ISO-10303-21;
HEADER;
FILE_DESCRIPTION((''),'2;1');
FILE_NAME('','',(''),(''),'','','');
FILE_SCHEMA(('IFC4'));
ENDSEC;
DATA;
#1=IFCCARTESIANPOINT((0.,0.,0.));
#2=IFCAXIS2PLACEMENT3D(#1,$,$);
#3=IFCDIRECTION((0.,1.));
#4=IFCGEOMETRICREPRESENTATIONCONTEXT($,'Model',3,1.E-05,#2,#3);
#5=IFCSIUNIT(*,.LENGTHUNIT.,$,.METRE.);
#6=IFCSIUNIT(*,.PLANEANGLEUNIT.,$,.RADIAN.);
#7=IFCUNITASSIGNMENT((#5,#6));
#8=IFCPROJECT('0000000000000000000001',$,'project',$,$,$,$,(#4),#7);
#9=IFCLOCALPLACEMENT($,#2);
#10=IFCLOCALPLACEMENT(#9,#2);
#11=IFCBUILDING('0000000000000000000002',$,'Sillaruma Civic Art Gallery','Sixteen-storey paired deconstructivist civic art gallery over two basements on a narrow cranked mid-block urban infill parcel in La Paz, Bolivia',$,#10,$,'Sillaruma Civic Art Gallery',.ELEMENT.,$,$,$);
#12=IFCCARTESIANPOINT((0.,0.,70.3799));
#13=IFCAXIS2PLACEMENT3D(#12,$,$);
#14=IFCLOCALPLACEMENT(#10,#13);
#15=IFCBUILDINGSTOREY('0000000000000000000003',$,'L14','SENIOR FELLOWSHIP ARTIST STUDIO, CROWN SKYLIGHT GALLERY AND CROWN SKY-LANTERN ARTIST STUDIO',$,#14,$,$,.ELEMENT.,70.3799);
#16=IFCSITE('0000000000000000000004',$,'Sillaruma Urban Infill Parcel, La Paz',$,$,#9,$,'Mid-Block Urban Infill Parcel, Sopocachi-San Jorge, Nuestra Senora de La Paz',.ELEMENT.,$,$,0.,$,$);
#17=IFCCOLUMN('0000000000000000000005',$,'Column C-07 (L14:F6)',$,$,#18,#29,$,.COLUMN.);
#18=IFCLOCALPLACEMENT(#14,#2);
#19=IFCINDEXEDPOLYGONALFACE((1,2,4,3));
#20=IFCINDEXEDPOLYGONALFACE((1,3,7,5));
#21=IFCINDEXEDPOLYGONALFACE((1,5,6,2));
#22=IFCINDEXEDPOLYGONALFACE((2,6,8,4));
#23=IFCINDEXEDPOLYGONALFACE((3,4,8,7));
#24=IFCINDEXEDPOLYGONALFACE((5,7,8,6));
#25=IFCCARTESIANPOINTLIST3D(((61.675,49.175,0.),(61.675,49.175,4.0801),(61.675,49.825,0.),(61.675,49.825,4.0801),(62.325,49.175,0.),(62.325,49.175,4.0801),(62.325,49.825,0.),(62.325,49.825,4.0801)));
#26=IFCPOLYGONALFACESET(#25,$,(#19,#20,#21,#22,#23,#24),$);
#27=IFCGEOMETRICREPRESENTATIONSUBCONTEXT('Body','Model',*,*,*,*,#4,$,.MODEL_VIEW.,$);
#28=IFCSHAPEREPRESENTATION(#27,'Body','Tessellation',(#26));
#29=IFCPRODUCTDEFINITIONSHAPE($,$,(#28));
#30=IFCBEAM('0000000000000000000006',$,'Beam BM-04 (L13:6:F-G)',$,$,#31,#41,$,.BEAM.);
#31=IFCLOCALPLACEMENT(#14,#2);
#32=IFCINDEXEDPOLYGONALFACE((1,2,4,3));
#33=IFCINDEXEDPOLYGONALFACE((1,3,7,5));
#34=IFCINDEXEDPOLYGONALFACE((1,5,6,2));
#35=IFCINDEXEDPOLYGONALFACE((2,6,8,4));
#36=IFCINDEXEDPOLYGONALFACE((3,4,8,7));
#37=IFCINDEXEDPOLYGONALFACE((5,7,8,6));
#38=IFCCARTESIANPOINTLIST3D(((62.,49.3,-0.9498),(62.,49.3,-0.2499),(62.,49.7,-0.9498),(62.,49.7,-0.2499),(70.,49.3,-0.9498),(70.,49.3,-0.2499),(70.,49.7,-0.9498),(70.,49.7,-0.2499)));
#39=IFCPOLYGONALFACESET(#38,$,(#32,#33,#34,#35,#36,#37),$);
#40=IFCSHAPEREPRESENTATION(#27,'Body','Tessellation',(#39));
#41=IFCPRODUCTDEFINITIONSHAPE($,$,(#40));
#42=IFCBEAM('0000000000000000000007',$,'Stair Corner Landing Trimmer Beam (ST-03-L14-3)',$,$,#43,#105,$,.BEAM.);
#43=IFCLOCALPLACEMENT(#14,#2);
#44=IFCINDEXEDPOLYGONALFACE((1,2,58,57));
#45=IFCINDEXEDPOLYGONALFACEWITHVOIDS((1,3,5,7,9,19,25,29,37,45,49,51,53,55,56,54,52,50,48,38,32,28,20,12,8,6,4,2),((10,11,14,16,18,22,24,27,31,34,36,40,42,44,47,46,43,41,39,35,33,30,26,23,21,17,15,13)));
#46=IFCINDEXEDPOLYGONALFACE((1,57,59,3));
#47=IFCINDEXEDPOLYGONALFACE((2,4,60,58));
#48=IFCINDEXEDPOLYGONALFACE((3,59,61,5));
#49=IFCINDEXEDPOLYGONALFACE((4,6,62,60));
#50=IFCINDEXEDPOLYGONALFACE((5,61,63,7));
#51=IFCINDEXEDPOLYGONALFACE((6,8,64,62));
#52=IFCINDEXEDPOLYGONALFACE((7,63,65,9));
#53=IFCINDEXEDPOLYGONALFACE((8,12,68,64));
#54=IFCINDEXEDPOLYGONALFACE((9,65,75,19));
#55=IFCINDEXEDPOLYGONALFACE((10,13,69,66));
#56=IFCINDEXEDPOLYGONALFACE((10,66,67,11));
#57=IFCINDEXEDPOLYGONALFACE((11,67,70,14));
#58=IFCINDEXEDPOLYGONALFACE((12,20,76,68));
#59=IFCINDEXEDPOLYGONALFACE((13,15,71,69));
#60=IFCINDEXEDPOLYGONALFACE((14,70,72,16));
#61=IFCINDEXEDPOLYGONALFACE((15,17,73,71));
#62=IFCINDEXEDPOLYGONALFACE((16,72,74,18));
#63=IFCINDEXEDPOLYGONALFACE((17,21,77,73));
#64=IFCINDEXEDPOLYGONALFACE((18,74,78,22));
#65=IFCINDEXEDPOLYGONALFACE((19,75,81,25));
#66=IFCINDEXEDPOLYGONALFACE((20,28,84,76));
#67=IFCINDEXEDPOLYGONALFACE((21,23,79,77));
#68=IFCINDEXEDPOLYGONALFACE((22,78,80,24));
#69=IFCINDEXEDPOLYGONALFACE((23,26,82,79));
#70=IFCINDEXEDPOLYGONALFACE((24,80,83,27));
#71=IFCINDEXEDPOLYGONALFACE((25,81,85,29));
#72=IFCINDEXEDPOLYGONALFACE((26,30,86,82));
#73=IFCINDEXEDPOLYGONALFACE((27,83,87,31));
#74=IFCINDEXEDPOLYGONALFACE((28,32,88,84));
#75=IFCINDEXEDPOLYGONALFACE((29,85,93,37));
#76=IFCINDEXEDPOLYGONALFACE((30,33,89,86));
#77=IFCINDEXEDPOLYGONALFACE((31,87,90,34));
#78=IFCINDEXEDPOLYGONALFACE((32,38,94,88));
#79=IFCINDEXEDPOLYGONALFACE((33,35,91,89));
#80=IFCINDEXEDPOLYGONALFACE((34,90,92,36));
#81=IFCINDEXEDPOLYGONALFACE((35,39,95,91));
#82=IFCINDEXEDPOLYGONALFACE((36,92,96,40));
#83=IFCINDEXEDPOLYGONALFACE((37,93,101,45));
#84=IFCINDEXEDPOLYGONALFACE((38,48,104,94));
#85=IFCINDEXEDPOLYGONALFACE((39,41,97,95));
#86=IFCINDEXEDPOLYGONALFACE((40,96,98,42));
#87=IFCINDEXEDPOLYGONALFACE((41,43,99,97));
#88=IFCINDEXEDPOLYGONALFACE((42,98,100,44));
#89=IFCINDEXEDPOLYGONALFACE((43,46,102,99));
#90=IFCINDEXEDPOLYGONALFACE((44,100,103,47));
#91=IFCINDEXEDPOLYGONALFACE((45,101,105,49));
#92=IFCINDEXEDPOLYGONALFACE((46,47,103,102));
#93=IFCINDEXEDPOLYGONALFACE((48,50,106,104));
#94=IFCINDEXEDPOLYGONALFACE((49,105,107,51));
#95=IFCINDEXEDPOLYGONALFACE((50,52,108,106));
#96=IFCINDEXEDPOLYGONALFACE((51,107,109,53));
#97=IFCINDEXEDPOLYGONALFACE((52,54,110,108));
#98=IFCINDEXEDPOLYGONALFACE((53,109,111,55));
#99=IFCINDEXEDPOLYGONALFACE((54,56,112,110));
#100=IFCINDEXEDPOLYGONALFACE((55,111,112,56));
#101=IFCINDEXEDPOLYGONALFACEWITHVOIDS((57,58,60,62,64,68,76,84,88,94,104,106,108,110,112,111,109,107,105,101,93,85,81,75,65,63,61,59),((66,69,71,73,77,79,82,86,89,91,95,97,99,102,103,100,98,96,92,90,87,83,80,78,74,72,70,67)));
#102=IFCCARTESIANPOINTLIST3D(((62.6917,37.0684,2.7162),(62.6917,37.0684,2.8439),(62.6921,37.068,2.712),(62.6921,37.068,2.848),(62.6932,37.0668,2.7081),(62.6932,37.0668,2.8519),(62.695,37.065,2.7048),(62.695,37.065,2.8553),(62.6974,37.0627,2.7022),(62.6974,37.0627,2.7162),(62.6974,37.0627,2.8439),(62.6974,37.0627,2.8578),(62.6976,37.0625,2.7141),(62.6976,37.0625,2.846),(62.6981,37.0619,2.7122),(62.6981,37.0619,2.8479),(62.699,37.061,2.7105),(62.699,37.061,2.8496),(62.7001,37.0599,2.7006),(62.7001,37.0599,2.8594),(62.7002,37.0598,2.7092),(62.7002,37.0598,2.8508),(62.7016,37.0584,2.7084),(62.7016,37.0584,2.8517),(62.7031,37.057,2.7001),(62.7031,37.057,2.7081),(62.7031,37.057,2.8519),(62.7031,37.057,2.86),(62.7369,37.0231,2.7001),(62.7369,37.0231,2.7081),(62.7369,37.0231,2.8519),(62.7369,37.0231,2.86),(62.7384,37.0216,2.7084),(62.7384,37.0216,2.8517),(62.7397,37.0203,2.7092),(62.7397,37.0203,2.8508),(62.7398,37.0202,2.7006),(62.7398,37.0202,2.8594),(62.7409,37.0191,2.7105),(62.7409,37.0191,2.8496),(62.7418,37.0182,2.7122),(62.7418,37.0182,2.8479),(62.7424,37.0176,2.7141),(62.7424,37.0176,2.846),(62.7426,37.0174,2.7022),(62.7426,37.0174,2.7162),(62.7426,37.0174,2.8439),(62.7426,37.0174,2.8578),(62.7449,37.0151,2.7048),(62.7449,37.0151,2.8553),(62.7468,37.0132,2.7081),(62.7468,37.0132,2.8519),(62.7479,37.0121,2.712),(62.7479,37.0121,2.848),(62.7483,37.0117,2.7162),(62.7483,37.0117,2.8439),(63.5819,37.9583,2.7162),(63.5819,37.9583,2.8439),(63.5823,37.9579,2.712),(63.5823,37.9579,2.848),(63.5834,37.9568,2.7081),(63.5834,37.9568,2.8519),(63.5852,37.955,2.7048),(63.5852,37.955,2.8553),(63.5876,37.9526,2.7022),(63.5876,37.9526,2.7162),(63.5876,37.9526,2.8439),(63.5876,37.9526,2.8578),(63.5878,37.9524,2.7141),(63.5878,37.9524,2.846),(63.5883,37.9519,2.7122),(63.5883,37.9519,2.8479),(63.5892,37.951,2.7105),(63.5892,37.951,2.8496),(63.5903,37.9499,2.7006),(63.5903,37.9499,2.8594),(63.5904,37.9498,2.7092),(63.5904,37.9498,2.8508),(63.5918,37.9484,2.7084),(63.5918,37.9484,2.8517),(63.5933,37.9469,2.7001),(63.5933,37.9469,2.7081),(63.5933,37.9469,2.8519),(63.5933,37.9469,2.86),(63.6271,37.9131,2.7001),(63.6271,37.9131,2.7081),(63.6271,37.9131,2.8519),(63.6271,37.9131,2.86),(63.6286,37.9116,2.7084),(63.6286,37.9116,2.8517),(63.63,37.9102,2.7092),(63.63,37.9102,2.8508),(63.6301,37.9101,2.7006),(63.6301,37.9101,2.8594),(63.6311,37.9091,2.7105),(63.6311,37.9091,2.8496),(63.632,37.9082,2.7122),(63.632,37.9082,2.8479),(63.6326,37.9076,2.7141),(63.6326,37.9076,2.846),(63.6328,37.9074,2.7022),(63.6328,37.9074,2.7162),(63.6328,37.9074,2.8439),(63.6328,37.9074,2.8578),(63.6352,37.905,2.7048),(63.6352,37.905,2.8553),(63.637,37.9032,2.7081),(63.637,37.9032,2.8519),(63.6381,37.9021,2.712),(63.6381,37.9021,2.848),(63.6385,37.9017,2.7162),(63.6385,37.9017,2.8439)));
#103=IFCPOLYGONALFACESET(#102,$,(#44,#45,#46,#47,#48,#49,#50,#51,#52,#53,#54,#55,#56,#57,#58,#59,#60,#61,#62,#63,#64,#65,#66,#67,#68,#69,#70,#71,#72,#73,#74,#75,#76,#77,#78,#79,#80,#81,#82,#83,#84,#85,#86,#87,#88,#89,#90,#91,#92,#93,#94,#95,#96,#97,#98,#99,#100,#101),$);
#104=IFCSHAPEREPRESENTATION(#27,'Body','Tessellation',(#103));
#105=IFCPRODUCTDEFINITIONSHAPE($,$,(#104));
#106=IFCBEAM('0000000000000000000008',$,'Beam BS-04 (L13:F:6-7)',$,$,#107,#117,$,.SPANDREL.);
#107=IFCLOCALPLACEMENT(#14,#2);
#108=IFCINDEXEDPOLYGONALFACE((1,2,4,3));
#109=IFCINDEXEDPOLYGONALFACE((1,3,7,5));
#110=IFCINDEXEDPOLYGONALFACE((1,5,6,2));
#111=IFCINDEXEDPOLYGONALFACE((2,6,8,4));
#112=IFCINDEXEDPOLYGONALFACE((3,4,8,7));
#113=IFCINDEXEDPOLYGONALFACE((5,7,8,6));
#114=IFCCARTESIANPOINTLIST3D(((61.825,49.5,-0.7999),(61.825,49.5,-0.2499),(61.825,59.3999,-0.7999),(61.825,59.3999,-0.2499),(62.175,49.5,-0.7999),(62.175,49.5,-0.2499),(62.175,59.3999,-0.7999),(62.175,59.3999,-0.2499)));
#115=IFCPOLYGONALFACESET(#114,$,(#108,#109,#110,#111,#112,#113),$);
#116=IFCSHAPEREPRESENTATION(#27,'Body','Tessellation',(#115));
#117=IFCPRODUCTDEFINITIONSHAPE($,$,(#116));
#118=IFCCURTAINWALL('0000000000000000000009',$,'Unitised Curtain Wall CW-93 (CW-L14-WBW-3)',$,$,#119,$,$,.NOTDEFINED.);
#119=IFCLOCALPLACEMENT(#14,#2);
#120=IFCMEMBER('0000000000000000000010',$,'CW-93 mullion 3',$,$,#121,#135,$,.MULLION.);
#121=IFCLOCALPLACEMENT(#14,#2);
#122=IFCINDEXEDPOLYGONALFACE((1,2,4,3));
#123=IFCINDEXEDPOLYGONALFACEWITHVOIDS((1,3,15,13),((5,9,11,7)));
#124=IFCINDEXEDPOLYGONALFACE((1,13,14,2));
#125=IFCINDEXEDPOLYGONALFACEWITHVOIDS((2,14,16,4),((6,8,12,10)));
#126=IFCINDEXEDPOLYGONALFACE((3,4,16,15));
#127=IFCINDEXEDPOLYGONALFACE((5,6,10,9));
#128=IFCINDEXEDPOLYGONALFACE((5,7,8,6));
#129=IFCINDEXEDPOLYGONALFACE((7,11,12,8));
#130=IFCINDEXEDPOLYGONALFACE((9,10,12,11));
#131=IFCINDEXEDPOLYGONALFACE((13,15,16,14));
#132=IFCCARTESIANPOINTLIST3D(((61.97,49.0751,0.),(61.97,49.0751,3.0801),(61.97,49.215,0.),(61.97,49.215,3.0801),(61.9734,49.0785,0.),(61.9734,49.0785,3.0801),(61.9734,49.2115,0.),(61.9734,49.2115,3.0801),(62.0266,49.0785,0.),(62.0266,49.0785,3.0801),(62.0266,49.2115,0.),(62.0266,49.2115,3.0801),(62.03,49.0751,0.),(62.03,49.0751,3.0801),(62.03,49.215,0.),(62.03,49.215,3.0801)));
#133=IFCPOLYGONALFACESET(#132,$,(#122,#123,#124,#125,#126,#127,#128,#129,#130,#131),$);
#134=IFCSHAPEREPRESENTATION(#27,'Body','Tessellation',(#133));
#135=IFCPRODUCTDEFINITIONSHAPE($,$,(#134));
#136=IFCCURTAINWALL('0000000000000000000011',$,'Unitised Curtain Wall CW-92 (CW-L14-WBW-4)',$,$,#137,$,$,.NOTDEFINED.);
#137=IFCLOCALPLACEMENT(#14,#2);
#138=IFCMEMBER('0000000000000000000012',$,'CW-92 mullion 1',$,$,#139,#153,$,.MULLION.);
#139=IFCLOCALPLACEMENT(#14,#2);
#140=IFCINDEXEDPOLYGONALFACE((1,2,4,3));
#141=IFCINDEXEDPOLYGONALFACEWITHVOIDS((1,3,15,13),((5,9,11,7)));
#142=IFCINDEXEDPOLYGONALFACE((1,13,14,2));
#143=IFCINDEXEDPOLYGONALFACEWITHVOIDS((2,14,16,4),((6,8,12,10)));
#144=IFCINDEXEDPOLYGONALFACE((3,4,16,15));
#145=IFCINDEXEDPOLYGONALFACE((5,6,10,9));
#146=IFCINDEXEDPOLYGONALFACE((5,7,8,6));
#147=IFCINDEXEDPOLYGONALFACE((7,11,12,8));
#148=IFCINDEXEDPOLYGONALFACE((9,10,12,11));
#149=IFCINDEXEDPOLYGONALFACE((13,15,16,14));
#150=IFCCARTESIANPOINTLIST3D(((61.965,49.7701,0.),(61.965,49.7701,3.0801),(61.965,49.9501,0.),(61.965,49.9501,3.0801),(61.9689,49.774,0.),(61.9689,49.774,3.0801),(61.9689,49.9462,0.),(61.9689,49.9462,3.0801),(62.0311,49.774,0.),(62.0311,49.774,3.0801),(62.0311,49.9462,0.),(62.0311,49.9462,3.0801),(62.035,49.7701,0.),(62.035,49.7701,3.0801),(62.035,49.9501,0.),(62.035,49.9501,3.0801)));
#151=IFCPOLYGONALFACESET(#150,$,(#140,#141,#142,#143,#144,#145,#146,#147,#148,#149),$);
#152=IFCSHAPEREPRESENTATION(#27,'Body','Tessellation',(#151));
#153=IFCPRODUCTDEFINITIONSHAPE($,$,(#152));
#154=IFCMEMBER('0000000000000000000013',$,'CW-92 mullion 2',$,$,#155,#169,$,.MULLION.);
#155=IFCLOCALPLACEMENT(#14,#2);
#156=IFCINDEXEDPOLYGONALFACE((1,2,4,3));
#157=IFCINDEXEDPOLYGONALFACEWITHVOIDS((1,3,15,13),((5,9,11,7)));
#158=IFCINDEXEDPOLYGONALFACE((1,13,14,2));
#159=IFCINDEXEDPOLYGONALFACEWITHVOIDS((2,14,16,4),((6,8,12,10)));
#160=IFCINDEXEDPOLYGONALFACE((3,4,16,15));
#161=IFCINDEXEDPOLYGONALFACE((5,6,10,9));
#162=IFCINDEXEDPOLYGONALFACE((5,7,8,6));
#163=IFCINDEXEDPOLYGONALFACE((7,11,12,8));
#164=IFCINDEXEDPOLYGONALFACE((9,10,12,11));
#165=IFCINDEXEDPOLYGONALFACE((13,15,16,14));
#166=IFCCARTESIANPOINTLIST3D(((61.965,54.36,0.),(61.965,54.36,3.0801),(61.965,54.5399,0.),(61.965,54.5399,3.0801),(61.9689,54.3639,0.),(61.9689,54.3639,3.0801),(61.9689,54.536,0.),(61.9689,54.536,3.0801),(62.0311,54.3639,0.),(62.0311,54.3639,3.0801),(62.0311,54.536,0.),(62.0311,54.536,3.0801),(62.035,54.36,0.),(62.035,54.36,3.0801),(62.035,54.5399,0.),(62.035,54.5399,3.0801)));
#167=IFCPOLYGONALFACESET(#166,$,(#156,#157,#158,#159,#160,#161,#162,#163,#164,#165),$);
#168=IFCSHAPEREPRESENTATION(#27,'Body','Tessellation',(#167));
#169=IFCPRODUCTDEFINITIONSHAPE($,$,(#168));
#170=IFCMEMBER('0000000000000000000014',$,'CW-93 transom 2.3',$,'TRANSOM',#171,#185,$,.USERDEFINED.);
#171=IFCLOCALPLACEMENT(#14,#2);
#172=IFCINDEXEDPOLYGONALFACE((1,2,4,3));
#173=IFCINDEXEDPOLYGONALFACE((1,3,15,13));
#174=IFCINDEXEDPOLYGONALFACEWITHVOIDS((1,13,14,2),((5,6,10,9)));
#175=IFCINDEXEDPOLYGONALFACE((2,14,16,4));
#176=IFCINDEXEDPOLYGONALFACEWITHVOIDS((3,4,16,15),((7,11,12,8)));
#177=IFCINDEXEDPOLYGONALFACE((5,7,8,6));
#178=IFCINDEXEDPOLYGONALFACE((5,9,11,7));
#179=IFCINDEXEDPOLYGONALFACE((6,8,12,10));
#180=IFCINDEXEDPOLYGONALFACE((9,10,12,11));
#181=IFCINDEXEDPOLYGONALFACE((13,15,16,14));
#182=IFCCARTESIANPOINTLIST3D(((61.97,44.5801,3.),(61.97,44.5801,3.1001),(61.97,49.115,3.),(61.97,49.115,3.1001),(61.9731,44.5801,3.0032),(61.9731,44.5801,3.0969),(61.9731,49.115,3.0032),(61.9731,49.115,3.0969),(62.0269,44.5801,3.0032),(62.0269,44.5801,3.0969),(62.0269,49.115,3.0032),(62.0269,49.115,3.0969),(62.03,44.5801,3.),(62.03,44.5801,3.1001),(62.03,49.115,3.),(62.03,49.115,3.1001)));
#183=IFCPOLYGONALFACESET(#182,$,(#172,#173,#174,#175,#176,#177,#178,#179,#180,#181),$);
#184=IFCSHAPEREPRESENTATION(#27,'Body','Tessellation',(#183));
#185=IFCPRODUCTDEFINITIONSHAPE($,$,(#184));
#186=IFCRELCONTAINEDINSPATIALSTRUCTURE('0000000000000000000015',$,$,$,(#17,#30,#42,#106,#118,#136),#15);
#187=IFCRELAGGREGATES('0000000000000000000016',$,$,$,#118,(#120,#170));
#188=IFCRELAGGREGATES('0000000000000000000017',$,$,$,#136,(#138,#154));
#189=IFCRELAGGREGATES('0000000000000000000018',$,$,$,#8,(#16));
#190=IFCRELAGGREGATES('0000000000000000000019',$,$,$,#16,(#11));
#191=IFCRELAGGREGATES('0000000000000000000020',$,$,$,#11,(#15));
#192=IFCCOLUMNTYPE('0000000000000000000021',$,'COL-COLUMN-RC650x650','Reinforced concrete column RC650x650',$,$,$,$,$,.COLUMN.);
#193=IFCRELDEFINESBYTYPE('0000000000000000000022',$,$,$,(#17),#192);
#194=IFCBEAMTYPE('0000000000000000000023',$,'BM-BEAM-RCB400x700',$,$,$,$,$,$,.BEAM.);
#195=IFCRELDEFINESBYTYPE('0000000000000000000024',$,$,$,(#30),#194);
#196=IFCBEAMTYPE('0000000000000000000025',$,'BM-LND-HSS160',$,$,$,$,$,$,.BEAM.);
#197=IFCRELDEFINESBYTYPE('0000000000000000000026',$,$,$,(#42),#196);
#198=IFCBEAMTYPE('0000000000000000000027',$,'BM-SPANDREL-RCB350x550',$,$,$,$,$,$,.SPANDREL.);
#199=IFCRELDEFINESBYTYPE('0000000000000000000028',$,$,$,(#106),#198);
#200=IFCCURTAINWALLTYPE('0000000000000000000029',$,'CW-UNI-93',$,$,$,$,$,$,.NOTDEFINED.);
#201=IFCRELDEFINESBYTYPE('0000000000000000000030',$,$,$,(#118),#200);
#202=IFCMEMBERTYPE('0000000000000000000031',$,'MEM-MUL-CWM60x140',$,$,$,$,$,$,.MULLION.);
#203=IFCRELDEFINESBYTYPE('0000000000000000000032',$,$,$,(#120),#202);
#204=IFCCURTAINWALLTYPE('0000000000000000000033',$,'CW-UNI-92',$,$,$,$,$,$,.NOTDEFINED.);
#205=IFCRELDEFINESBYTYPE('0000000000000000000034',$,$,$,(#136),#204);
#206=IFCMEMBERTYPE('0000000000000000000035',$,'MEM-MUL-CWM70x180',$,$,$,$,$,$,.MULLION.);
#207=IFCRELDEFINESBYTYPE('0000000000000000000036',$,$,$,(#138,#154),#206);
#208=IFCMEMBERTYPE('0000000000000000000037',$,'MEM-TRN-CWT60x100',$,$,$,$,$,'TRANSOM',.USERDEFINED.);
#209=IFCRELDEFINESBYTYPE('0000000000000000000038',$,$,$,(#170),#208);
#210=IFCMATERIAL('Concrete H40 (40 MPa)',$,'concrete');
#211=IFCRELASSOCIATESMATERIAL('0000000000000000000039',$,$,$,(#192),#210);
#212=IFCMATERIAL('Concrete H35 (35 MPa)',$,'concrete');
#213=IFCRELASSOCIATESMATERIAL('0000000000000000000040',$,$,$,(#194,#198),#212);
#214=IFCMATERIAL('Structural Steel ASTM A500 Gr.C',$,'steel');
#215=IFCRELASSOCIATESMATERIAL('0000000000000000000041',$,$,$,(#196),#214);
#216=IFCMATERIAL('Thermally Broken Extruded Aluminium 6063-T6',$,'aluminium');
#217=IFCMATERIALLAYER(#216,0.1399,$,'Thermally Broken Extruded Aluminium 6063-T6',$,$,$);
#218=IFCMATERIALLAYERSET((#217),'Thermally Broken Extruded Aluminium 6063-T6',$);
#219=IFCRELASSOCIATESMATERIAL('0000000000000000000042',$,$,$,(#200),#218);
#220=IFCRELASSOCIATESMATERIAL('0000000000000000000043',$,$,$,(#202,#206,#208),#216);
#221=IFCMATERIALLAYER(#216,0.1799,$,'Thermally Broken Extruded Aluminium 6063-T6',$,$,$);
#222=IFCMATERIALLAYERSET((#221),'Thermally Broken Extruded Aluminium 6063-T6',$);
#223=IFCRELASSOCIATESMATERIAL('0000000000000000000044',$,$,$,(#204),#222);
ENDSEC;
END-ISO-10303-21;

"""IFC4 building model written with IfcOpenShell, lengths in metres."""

from ifc_helpers import new_model, si_unit, direction, frame, origin, origin_2d, place, context, subcontext, project, spatial, rectangle, hollow_rectangle, extrude, material, layer, layer_set, material_profile, profile_set, type_object, element, aggregate, save


model = new_model("IFC4")

# Units and contexts
model_context = context("Model", 3, precision=1e-05, world=origin(), true_north=direction((0.0, 1.0)))
body_context = subcontext(model_context, "Body", "Model", "MODEL_VIEW")
ifc_project = project(units=[si_unit("LENGTHUNIT", "METRE"), si_unit("PLANEANGLEUNIT", "RADIAN")], contexts=[model_context])

# Site, building, storey
site_placement = place(None, origin())
site = spatial("IfcSite", under=ifc_project, at=site_placement, Name="Sillaruma Urban Infill Parcel, La Paz", LongName="Mid-Block Urban Infill Parcel, Sopocachi-San Jorge, Nuestra Senora de La Paz", CompositionType="ELEMENT", RefElevation=0.0)
building_placement = place(site_placement, origin())
building = spatial("IfcBuilding", under=site, at=building_placement, Name="Sillaruma Civic Art Gallery", Description="Sixteen-storey paired deconstructivist civic art gallery over two basements on a narrow cranked mid-block urban infill parcel in La Paz, Bolivia", LongName="Sillaruma Civic Art Gallery", CompositionType="ELEMENT")
storey_placement = place(building_placement, frame((0.0, 0.0, 70.3799)))
storey = spatial("IfcBuildingStorey", under=building, at=storey_placement, Name="L14", Description="SENIOR FELLOWSHIP ARTIST STUDIO, CROWN SKYLIGHT GALLERY AND CROWN SKY-LANTERN ARTIST STUDIO", CompositionType="ELEMENT", Elevation=70.3799)

# Column
ifc_material_1 = material(Name="Concrete H40 (40 MPa)", Category="concrete")
ifc_material_profile_1 = material_profile(ifc_material_1, rectangle(XDim=0.6499, YDim=0.6499, at=origin_2d()), Name="RC650x650")
ifc_profile_set_1 = profile_set([ifc_material_profile_1], Name="Concrete H40 (40 MPa)")
column_type = type_object("IfcColumnType", Name="COL-COLUMN-RC650x650", Description="Reinforced concrete column RC650x650", PredefinedType="COLUMN", material=ifc_profile_set_1)
column_placement = place(storey_placement, frame((62.0, 49.5, 0.0), z_axis=(0.0, 0.0, 1.0), x_axis=(1.0, 0.0, 0.0)))
element("IfcColumn", 1, at=column_placement, inside=storey, type_object=column_type, Name="Column C-07 (L14:F6)", PredefinedType="COLUMN", context=body_context, shape_type="SweptSolid", body=[
    extrude(rectangle(XDim=0.6499, YDim=0.6499, at=origin_2d()), origin(), (0.0, 0.0, 1.0), 4.0801),
])

# Beams
ifc_material_2 = material(Name="Concrete H35 (35 MPa)", Category="concrete")
ifc_material_profile_2 = material_profile(ifc_material_2, rectangle(XDim=0.3999, YDim=0.7, at=origin_2d()), Name="RCB400x700")
ifc_profile_set_2 = profile_set([ifc_material_profile_2], Name="Concrete H35 (35 MPa)")
beam_type_1 = type_object("IfcBeamType", Name="BM-BEAM-RCB400x700", PredefinedType="BEAM", material=ifc_profile_set_2)
beam_1_placement = place(storey_placement, frame((62.0, 49.5, -0.5999), z_axis=(1.0, 0.0, 0.0), x_axis=(0.0, 1.0, 0.0)))
element("IfcBeam", 2, at=beam_1_placement, inside=storey, type_object=beam_type_1, Name="Beam BM-04 (L13:6:F-G)", PredefinedType="BEAM", context=body_context, shape_type="SweptSolid", body=[
    extrude(rectangle(XDim=0.3999, YDim=0.7, at=origin_2d()), origin(), (0.0, 0.0, 1.0), 8.0),
])
ifc_material_3 = material(Name="Structural Steel ASTM A500 Gr.C", Category="steel")
ifc_material_profile_3 = material_profile(ifc_material_3, hollow_rectangle(XDim=0.0801, YDim=0.1599, WallThickness=0.0081, InnerFilletRadius=0.0081, OuterFilletRadius=0.0161, at=origin_2d()), Name="HSS160x80x8")
ifc_profile_set_3 = profile_set([ifc_material_profile_3], Name="Structural Steel ASTM A500 Gr.C")
beam_type_2 = type_object("IfcBeamType", Name="BM-LND-HSS160", PredefinedType="BEAM", material=ifc_profile_set_3)
beam_2_placement = place(storey_placement, frame((62.72, 37.04, 2.78), z_axis=(0.707204, 0.70701, 0.0), x_axis=(-0.70701, 0.707204, 0.0)))
element("IfcBeam", 3, at=beam_2_placement, inside=storey, type_object=beam_type_2, Name="Stair Corner Landing Trimmer Beam (ST-03-L14-3)", PredefinedType="BEAM", context=body_context, shape_type="SweptSolid", body=[
    extrude(hollow_rectangle(XDim=0.0801, YDim=0.1599, WallThickness=0.0081, InnerFilletRadius=0.0081, OuterFilletRadius=0.0161, at=origin_2d()), origin(), (0.0, 0.0, 1.0), 1.2588),
])
ifc_material_profile_4 = material_profile(ifc_material_2, rectangle(XDim=0.3501, YDim=0.55, at=origin_2d()), Name="RCB350x550")
ifc_profile_set_4 = profile_set([ifc_material_profile_4], Name="Concrete H35 (35 MPa)")
beam_type_3 = type_object("IfcBeamType", Name="BM-SPANDREL-RCB350x550", PredefinedType="SPANDREL", material=ifc_profile_set_4)
beam_3_placement = place(storey_placement, frame((62.0, 49.5, -0.5249), z_axis=(0.0, 1.0, 0.0), x_axis=(-1.0, 0.0, 0.0)))
element("IfcBeam", 4, at=beam_3_placement, inside=storey, type_object=beam_type_3, Name="Beam BS-04 (L13:F:6-7)", PredefinedType="SPANDREL", context=body_context, shape_type="SweptSolid", body=[
    extrude(rectangle(XDim=0.3501, YDim=0.55, at=origin_2d()), origin(), (0.0, 0.0, 1.0), 9.8999),
])

# Curtain wall, member
ifc_material_4 = material(Name="Thermally Broken Extruded Aluminium 6063-T6", Category="aluminium")
ifc_layer_1 = layer(ifc_material_4, 0.1399, Name="Thermally Broken Extruded Aluminium 6063-T6")
ifc_layer_set_1 = layer_set([ifc_layer_1], Name="Thermally Broken Extruded Aluminium 6063-T6")
curtain_wall_type_1 = type_object("IfcCurtainWallType", Name="CW-UNI-93", PredefinedType="NOTDEFINED", material=ifc_layer_set_1)
curtain_wall_1_placement = place(storey_placement, origin())
curtain_wall_1 = element("IfcCurtainWall", 5, at=curtain_wall_1_placement, inside=storey, type_object=curtain_wall_type_1, Name="Unitised Curtain Wall CW-93 (CW-L14-WBW-3)", PredefinedType="NOTDEFINED")
ifc_material_profile_5 = material_profile(ifc_material_4, hollow_rectangle(XDim=0.0601, YDim=0.1399, WallThickness=0.0034, at=origin_2d()), Name="CWM60x140")
ifc_profile_set_5 = profile_set([ifc_material_profile_5], Name="Thermally Broken Extruded Aluminium 6063-T6")
member_type_1 = type_object("IfcMemberType", Name="MEM-MUL-CWM60x140", PredefinedType="MULLION", material=ifc_profile_set_5)
member_1_placement = place(storey_placement, frame((62.0, 49.145, 0.0), z_axis=(0.0, 0.0, 1.0), x_axis=(-1.0, 0.0, 0.0)))
member_1 = element("IfcMember", 6, at=member_1_placement, type_object=member_type_1, Name="CW-93 mullion 3", PredefinedType="MULLION", context=body_context, shape_type="SweptSolid", body=[
    extrude(hollow_rectangle(XDim=0.0601, YDim=0.1399, WallThickness=0.0034, at=origin_2d()), origin(), (0.0, 0.0, 1.0), 3.0801),
])

# Curtain wall, members
ifc_layer_2 = layer(ifc_material_4, 0.1799, Name="Thermally Broken Extruded Aluminium 6063-T6")
ifc_layer_set_2 = layer_set([ifc_layer_2], Name="Thermally Broken Extruded Aluminium 6063-T6")
curtain_wall_type_2 = type_object("IfcCurtainWallType", Name="CW-UNI-92", PredefinedType="NOTDEFINED", material=ifc_layer_set_2)
curtain_wall_2_placement = place(storey_placement, origin())
curtain_wall_2 = element("IfcCurtainWall", 7, at=curtain_wall_2_placement, inside=storey, type_object=curtain_wall_type_2, Name="Unitised Curtain Wall CW-92 (CW-L14-WBW-4)", PredefinedType="NOTDEFINED")
ifc_material_profile_6 = material_profile(ifc_material_4, hollow_rectangle(XDim=0.0701, YDim=0.1799, WallThickness=0.0039, at=origin_2d()), Name="CWM70x180")
ifc_profile_set_6 = profile_set([ifc_material_profile_6], Name="Thermally Broken Extruded Aluminium 6063-T6")
member_type_2 = type_object("IfcMemberType", Name="MEM-MUL-CWM70x180", PredefinedType="MULLION", material=ifc_profile_set_6)
member_2_placement = place(storey_placement, frame((62.0, 49.8601, 0.0), z_axis=(0.0, 0.0, 1.0), x_axis=(-1.0, 0.0, 0.0)))
member_2 = element("IfcMember", 8, at=member_2_placement, type_object=member_type_2, Name="CW-92 mullion 1", PredefinedType="MULLION", context=body_context, shape_type="SweptSolid", body=[
    extrude(hollow_rectangle(XDim=0.0701, YDim=0.1799, WallThickness=0.0039, at=origin_2d()), origin(), (0.0, 0.0, 1.0), 3.0801),
])
member_3_placement = place(storey_placement, frame((62.0, 54.45, 0.0), z_axis=(0.0, 0.0, 1.0), x_axis=(-1.0, 0.0, 0.0)))
member_3 = element("IfcMember", 9, at=member_3_placement, type_object=member_type_2, Name="CW-92 mullion 2", PredefinedType="MULLION", context=body_context, shape_type="SweptSolid", body=[
    extrude(hollow_rectangle(XDim=0.0701, YDim=0.1799, WallThickness=0.0039, at=origin_2d()), origin(), (0.0, 0.0, 1.0), 3.0801),
])

# Member
ifc_material_profile_7 = material_profile(ifc_material_4, hollow_rectangle(XDim=0.0601, YDim=0.1001, WallThickness=0.0032, at=origin_2d()), Name="CWT60x100")
ifc_profile_set_7 = profile_set([ifc_material_profile_7], Name="Thermally Broken Extruded Aluminium 6063-T6")
member_type_3 = type_object("IfcMemberType", Name="MEM-TRN-CWT60x100", ElementType="TRANSOM", PredefinedType="USERDEFINED", material=ifc_profile_set_7)
member_4_placement = place(storey_placement, frame((62.0, 44.5801, 3.05), z_axis=(0.0, 1.0, 0.0), x_axis=(-1.0, 0.0, 0.0)))
member_4 = element("IfcMember", 10, at=member_4_placement, type_object=member_type_3, Name="CW-93 transom 2.3", ObjectType="TRANSOM", PredefinedType="USERDEFINED", context=body_context, shape_type="SweptSolid", body=[
    extrude(hollow_rectangle(XDim=0.0601, YDim=0.1001, WallThickness=0.0032, at=origin_2d()), origin(), (0.0, 0.0, 1.0), 4.5349),
])

aggregate(curtain_wall_1, [member_1, member_4])
aggregate(curtain_wall_2, [member_2, member_3])

save(model, "model.ifc")
